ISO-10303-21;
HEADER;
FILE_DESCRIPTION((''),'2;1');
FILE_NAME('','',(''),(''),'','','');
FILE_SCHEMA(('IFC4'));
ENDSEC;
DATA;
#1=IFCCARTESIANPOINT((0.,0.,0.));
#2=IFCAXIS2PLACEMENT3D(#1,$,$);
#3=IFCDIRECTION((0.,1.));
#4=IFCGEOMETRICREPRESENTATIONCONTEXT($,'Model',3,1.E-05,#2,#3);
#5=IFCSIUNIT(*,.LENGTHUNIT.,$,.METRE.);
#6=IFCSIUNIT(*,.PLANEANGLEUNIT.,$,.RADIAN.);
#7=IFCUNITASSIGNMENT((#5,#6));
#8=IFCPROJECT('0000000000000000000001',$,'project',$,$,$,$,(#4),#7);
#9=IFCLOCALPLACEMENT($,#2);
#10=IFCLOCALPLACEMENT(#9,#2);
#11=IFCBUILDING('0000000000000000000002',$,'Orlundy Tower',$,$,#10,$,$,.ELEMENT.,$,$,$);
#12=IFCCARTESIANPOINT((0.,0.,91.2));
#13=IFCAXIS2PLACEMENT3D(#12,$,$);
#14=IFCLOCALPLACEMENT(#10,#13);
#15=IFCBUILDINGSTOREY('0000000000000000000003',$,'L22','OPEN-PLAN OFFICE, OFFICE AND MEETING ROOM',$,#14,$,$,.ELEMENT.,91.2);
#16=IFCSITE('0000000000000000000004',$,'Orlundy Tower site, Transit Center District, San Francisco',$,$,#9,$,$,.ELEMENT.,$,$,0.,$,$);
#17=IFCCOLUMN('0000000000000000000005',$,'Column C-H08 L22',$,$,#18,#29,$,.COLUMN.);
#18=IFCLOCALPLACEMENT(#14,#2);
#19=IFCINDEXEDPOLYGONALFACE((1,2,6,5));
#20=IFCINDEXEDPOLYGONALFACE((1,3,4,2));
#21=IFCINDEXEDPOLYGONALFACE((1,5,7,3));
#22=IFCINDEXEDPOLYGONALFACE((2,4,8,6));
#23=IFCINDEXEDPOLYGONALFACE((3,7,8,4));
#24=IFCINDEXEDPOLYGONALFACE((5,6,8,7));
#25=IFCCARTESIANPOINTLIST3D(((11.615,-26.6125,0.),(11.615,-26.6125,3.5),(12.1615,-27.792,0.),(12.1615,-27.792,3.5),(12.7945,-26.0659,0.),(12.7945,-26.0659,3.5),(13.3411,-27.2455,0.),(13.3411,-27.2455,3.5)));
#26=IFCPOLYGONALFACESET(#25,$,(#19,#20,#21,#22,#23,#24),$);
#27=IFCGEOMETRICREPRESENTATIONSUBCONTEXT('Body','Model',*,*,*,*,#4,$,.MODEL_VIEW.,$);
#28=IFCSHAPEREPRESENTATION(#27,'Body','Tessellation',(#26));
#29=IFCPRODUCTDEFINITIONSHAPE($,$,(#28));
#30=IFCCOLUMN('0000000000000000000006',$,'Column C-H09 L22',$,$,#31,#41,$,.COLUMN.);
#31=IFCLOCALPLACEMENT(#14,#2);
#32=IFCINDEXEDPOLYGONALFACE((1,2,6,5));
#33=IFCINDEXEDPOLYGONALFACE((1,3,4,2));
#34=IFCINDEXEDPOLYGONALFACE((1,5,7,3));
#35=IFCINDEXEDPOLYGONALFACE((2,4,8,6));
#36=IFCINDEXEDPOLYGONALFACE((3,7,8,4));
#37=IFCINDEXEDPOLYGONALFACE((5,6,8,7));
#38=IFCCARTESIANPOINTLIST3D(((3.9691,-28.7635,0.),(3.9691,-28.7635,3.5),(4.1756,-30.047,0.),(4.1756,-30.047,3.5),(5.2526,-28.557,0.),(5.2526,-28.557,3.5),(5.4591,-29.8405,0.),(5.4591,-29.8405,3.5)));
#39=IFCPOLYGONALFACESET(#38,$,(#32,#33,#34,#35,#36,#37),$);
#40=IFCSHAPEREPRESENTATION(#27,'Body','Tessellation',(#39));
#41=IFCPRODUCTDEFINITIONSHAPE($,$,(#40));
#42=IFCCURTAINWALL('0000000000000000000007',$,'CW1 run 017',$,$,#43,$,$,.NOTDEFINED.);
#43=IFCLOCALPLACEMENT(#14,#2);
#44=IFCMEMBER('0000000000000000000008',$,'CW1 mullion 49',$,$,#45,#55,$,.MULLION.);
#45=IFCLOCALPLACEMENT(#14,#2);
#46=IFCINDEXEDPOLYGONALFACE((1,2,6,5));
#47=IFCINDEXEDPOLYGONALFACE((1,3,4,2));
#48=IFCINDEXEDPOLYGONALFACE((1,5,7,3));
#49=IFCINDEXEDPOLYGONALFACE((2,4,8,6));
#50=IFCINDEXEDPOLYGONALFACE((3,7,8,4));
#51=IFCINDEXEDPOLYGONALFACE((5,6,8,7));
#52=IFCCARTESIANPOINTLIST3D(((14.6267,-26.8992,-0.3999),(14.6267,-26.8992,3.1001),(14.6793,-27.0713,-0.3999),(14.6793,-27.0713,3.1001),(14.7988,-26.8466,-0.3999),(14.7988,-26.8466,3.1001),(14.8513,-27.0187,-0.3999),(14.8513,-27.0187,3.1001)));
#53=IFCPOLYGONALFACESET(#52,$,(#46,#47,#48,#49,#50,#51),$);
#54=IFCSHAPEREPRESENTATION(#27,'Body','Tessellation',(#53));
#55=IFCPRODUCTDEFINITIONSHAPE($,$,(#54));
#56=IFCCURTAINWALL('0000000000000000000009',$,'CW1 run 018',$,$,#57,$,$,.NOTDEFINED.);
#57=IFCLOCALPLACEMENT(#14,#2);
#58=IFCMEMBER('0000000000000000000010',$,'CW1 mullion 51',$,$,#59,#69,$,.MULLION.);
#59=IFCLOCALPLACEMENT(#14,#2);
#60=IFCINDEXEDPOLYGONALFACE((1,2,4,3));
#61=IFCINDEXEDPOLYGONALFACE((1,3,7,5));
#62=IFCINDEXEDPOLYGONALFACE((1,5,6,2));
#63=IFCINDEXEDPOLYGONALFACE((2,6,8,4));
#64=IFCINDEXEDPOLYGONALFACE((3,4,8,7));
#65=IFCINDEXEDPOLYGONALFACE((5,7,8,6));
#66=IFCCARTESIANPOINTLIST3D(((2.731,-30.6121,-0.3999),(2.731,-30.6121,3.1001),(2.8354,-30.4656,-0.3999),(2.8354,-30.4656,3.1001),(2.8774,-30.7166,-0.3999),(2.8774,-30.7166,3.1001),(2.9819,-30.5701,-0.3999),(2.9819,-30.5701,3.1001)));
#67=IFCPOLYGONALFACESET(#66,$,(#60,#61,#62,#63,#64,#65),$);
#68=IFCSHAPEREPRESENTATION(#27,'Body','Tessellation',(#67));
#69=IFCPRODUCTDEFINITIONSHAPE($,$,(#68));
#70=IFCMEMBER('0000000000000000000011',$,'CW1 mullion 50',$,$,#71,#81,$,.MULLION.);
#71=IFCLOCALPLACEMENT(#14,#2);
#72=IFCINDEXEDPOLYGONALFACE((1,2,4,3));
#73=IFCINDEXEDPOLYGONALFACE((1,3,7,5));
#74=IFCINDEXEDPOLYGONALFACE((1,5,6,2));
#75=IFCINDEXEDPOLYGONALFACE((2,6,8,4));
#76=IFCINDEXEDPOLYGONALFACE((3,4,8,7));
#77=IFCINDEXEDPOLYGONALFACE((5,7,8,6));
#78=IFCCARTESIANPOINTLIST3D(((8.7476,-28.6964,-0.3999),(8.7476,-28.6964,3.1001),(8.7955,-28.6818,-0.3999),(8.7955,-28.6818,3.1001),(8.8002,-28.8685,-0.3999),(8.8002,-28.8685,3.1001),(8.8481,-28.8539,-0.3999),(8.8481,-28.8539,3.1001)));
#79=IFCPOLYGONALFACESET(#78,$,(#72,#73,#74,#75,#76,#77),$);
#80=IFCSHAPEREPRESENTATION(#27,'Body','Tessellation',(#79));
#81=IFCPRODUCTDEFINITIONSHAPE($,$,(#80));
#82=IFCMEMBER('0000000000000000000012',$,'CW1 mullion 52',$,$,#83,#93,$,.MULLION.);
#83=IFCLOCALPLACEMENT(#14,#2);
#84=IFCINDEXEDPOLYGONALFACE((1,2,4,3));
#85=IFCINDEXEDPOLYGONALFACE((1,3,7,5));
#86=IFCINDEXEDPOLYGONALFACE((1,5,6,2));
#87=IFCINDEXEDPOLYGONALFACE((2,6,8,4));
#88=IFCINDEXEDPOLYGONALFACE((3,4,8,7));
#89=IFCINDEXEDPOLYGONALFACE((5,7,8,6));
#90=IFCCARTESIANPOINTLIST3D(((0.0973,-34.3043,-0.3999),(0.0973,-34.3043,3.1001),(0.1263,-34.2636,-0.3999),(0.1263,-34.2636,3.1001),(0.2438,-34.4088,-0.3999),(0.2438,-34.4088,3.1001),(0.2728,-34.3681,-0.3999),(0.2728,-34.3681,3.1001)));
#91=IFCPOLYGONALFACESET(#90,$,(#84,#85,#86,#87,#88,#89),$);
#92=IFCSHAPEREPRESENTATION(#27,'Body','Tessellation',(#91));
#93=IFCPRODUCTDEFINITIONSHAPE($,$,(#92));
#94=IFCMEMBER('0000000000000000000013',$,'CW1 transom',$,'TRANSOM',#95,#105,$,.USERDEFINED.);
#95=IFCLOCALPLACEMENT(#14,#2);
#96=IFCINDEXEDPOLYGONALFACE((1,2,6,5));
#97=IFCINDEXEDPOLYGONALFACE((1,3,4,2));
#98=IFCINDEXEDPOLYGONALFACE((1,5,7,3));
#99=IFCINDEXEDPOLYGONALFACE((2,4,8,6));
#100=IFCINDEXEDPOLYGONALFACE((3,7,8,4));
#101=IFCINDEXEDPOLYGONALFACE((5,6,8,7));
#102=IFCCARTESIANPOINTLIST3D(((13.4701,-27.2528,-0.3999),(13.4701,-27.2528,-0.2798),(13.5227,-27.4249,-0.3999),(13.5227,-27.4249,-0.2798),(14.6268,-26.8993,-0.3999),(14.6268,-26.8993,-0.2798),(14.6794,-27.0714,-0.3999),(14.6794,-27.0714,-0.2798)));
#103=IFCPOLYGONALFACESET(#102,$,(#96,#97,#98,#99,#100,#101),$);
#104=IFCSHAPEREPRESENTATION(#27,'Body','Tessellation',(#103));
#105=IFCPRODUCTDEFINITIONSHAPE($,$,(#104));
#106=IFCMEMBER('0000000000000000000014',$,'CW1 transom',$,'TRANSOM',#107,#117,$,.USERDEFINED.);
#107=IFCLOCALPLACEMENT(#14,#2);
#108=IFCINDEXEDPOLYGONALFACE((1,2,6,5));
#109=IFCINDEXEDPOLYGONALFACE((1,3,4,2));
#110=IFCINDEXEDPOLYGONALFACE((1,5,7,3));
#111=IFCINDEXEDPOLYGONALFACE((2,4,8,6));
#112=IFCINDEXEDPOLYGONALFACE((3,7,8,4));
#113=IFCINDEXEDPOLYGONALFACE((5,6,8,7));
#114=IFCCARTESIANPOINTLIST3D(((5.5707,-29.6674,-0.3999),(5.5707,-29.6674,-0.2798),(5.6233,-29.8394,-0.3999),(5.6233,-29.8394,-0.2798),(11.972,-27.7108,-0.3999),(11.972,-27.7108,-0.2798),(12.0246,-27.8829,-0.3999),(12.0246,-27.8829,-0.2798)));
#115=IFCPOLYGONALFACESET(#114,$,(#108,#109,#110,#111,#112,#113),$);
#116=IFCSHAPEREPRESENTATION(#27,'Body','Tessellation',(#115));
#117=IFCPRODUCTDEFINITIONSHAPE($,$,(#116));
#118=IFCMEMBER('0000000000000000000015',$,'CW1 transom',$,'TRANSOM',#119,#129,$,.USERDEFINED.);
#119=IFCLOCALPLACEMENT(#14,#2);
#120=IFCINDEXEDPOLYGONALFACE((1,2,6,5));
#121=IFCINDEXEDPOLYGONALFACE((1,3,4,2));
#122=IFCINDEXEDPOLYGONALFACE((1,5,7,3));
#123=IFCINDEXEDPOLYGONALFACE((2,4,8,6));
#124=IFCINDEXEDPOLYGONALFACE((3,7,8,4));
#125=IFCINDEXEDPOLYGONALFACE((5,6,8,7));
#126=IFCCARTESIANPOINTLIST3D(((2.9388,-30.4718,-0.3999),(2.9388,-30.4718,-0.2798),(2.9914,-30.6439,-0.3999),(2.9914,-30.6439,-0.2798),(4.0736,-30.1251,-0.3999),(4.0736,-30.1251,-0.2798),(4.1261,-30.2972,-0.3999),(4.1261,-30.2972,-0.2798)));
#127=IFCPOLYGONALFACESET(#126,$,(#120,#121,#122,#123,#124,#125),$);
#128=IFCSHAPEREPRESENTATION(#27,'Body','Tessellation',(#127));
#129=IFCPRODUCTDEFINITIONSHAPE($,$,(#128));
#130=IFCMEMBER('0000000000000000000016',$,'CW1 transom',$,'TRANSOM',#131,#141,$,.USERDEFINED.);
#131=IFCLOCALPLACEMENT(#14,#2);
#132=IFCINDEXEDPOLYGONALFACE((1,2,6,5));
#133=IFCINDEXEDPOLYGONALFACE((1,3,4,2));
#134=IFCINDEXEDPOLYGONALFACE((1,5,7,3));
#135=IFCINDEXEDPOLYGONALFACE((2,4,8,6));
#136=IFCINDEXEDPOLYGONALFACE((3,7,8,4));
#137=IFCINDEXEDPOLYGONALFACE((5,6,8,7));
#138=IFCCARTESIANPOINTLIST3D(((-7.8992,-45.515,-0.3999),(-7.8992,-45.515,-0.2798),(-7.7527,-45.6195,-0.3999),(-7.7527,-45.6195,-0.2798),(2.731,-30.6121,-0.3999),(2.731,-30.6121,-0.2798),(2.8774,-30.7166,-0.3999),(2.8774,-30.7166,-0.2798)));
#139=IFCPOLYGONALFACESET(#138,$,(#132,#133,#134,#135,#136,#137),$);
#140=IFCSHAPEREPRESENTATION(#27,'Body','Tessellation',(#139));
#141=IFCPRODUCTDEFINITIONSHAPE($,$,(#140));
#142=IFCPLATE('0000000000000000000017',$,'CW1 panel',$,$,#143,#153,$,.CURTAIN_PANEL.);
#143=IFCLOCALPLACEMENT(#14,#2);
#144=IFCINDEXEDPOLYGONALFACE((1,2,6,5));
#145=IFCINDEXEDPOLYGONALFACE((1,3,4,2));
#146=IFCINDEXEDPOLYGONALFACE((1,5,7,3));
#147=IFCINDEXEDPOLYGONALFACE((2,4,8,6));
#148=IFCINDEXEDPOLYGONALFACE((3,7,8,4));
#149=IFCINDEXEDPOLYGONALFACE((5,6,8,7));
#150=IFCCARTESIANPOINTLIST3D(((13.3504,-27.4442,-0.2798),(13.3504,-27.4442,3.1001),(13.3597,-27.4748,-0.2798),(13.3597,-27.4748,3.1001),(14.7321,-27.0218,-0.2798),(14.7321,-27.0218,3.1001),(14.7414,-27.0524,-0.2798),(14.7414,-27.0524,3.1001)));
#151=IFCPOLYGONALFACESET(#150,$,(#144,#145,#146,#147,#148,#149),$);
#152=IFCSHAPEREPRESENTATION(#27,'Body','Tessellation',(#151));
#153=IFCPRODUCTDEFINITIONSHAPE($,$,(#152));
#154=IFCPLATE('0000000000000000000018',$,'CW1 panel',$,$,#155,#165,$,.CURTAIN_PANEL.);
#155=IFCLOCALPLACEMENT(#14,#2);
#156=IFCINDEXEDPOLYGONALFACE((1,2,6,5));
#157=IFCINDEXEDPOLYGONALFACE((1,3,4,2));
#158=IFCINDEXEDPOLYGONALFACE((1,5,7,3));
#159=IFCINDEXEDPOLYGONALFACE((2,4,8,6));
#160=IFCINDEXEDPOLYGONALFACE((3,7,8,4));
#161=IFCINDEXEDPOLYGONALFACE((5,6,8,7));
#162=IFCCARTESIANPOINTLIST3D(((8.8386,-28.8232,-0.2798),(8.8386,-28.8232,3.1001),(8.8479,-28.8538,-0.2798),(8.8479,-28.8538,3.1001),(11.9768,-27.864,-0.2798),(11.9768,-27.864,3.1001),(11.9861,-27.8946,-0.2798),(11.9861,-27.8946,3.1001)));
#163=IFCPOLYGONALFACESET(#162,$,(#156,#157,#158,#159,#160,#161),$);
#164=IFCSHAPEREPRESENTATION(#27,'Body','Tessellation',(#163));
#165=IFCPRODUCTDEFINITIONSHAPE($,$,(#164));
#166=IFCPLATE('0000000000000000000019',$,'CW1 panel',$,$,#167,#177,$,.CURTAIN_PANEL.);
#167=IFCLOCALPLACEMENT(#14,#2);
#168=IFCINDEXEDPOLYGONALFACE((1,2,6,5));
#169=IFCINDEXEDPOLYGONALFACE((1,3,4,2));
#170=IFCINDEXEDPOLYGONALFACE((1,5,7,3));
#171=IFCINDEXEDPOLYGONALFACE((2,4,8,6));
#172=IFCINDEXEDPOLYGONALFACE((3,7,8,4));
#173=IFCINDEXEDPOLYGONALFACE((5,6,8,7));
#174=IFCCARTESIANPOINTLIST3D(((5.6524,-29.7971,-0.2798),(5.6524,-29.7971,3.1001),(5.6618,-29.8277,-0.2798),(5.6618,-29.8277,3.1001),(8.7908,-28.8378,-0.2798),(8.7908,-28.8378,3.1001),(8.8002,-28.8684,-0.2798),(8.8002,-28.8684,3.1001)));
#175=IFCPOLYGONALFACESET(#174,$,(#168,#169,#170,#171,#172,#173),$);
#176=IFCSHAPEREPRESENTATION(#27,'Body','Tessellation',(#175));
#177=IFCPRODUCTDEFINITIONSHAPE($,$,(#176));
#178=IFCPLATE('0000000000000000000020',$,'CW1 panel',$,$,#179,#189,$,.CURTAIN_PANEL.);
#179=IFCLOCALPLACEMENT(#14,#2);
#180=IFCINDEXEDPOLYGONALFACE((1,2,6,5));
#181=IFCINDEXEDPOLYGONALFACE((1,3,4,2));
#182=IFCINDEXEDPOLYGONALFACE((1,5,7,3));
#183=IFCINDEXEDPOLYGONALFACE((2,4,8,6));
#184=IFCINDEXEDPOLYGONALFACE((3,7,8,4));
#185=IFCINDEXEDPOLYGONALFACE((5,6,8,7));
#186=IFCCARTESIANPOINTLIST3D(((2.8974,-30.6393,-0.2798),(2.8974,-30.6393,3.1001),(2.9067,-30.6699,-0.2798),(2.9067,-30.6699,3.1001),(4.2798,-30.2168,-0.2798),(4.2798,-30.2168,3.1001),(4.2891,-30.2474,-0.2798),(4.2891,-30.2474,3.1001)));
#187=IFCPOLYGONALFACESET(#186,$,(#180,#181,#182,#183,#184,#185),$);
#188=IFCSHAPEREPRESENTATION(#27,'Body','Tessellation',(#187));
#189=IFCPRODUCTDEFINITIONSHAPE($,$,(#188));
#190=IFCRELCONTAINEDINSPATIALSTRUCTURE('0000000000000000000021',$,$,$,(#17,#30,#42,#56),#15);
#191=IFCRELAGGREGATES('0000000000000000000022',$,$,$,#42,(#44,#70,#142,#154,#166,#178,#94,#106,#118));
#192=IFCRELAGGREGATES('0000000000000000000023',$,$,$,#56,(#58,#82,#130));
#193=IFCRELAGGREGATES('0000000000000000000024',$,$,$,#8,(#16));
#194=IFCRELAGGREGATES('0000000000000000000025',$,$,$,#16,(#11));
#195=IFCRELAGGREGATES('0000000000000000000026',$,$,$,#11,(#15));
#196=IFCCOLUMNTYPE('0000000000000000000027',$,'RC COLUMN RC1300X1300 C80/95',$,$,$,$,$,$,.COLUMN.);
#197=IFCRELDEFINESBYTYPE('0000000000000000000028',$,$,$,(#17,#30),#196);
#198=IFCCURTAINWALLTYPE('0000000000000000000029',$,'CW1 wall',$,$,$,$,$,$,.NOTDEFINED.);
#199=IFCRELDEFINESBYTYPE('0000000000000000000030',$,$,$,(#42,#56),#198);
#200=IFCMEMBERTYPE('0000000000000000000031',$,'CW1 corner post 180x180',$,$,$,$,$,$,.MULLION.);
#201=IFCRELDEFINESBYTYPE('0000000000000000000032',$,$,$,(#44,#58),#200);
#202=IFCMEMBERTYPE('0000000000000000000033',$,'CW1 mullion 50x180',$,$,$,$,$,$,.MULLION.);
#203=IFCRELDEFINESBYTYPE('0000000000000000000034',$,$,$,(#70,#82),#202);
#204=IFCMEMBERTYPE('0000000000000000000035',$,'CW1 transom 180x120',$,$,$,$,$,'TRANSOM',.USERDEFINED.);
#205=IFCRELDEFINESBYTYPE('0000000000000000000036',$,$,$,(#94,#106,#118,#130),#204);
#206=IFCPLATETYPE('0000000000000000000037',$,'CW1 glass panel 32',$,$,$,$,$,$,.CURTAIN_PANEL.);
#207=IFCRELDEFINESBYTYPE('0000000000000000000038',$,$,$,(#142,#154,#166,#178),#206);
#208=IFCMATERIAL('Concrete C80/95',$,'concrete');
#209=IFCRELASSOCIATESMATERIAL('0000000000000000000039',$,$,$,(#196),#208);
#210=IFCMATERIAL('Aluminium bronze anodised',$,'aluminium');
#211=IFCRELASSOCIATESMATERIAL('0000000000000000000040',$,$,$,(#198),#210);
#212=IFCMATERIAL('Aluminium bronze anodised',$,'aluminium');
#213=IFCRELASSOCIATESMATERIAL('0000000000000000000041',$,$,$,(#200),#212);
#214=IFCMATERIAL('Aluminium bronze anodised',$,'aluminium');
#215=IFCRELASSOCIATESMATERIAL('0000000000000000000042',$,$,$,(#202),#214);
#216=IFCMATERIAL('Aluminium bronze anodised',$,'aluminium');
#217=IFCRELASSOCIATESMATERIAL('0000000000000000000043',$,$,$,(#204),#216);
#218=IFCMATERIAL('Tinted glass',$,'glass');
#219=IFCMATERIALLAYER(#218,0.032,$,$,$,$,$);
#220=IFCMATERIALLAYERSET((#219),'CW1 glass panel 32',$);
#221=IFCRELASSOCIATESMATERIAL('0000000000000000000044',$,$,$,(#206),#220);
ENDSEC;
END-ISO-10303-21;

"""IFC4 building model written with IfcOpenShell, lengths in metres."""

from ifc_helpers import new_model, si_unit, direction, frame, origin, origin_2d, place, context, subcontext, project, spatial, rectangle, extrude, material, layer, layer_set, material_profile, profile_set, type_object, element, aggregate, save


model = new_model("IFC4")

# Units and contexts
model_context = context("Model", 3, precision=1e-05, world=origin(), true_north=direction((0.0, 1.0)))
body_context = subcontext(model_context, "Body", "Model", "MODEL_VIEW")
ifc_project = project(units=[si_unit("LENGTHUNIT", "METRE"), si_unit("PLANEANGLEUNIT", "RADIAN")], contexts=[model_context])

# Site, building, storey
site_placement = place(None, origin())
site = spatial("IfcSite", under=ifc_project, at=site_placement, Name="Orlundy Tower site, Transit Center District, San Francisco", CompositionType="ELEMENT", RefElevation=0.0)
building_placement = place(site_placement, origin())
building = spatial("IfcBuilding", under=site, at=building_placement, Name="Orlundy Tower", CompositionType="ELEMENT")
storey_placement = place(building_placement, frame((0.0, 0.0, 91.2)))
storey = spatial("IfcBuildingStorey", under=building, at=storey_placement, Name="L22", Description="OPEN-PLAN OFFICE, OFFICE AND MEETING ROOM", CompositionType="ELEMENT", Elevation=91.2)

# Columns
ifc_material_1 = material(Name="Concrete C80/95", Category="concrete")
ifc_material_profile_1 = material_profile(ifc_material_1, rectangle(XDim=1.3, YDim=1.3, at=origin_2d()), Name="RC1300X1300")
ifc_profile_set_1 = profile_set([ifc_material_profile_1], Name="Concrete C80/95")
column_type = type_object("IfcColumnType", Name="RC COLUMN RC1300X1300 C80/95", PredefinedType="COLUMN", material=ifc_profile_set_1)
for number, where, z_axis, x_axis, name in (
    (1, (12.478, -26.929, 0.0), (0.0, 0.0, 1.0), (0.420418, -0.90733, 0.0), "Column C-H08 L22"),
    (2, (4.7141, -29.302, 0.0), (0.0, 0.0, 1.0), (0.15883, -0.987306, 0.0), "Column C-H09 L22"),
):
    element("IfcColumn", number, at=place(storey_placement, frame(where, z_axis=z_axis, x_axis=x_axis)), inside=storey, type_object=column_type, Name=name, PredefinedType="COLUMN", context=body_context, shape_type="SweptSolid", body=[
        extrude(rectangle(XDim=1.3, YDim=1.3, at=origin_2d()), origin(), (0.0, 0.0, 1.0), 3.5),
    ])

# Curtain walls, members
ifc_material_2 = material(Name="Aluminium bronze anodised", Category="aluminium")
curtain_wall_type = type_object("IfcCurtainWallType", Name="CW1 wall", PredefinedType="NOTDEFINED", material=ifc_material_2)
curtain_wall_1_placement = place(storey_placement, origin())
curtain_wall_1 = element("IfcCurtainWall", 3, at=curtain_wall_1_placement, inside=storey, type_object=curtain_wall_type, Name="CW1 run 017", PredefinedType="NOTDEFINED")
ifc_material_3 = material(Name="Aluminium bronze anodised", Category="aluminium")
ifc_material_profile_2 = material_profile(ifc_material_3, rectangle(XDim=0.1799, YDim=0.1799, at=origin_2d()), Name="CW1 corner post 180x180")
ifc_profile_set_2 = profile_set([ifc_material_profile_2], Name="Aluminium bronze anodised")
member_type_1 = type_object("IfcMemberType", Name="CW1 corner post 180x180", PredefinedType="MULLION", material=ifc_profile_set_2)
member_1_placement = place(storey_placement, frame((14.739, -26.959, -0.3999), z_axis=(0.0, 0.0, 1.0), x_axis=(0.292318, -0.956321, 0.0)))
member_1 = element("IfcMember", 4, at=member_1_placement, type_object=member_type_1, Name="CW1 mullion 49", PredefinedType="MULLION", context=body_context, shape_type="SweptSolid", body=[
    extrude(rectangle(XDim=0.1799, YDim=0.1799, at=origin_2d()), origin(), (0.0, 0.0, 1.0), 3.5),
])
curtain_wall_2_placement = place(storey_placement, origin())
curtain_wall_2 = element("IfcCurtainWall", 5, at=curtain_wall_2_placement, inside=storey, type_object=curtain_wall_type, Name="CW1 run 018", PredefinedType="NOTDEFINED")
member_2_placement = place(storey_placement, frame((2.8564, -30.5911, -0.3999), z_axis=(0.0, 0.0, 1.0), x_axis=(0.81411, -0.58071, 0.0)))
member_2 = element("IfcMember", 6, at=member_2_placement, type_object=member_type_1, Name="CW1 mullion 51", PredefinedType="MULLION", context=body_context, shape_type="SweptSolid", body=[
    extrude(rectangle(XDim=0.1799, YDim=0.1799, at=origin_2d()), origin(), (0.0, 0.0, 1.0), 3.5),
])

# Members
ifc_material_4 = material(Name="Aluminium bronze anodised", Category="aluminium")
ifc_material_profile_3 = material_profile(ifc_material_4, rectangle(XDim=0.1799, YDim=0.05, at=origin_2d()), Name="CW1 mullion 50x180")
ifc_profile_set_3 = profile_set([ifc_material_profile_3], Name="Aluminium bronze anodised")
member_type_2 = type_object("IfcMemberType", Name="CW1 mullion 50x180", PredefinedType="MULLION", material=ifc_profile_set_3)
member_3_placement = place(storey_placement, frame((8.7979, -28.7751, -0.3999), z_axis=(0.0, 0.0, 1.0), x_axis=(0.292318, -0.956321, 0.0)))
member_3 = element("IfcMember", 7, at=member_3_placement, type_object=member_type_2, Name="CW1 mullion 50", PredefinedType="MULLION", context=body_context, shape_type="SweptSolid", body=[
    extrude(rectangle(XDim=0.1799, YDim=0.05, at=origin_2d()), origin(), (0.0, 0.0, 1.0), 3.5),
])
member_4_placement = place(storey_placement, frame((0.1851, -34.3362, -0.3999), z_axis=(0.0, 0.0, 1.0), x_axis=(0.81411, -0.58071, 0.0)))
member_4 = element("IfcMember", 8, at=member_4_placement, type_object=member_type_2, Name="CW1 mullion 52", PredefinedType="MULLION", context=body_context, shape_type="SweptSolid", body=[
    extrude(rectangle(XDim=0.1799, YDim=0.05, at=origin_2d()), origin(), (0.0, 0.0, 1.0), 3.5),
])
ifc_material_5 = material(Name="Aluminium bronze anodised", Category="aluminium")
ifc_material_profile_4 = material_profile(ifc_material_5, rectangle(XDim=0.1799, YDim=0.1201, at=origin_2d()), Name="CW1 transom 180x120")
ifc_profile_set_4 = profile_set([ifc_material_profile_4], Name="Aluminium bronze anodised")
member_type_3 = type_object("IfcMemberType", Name="CW1 transom 180x120", ElementType="TRANSOM", PredefinedType="USERDEFINED", material=ifc_profile_set_4)
member_5_placement = place(storey_placement, frame((14.6531, -26.9854, -0.3398), z_axis=(-0.956336, -0.29227, 0.0), x_axis=(0.29227, -0.956336, 0.0)))
member_5 = element("IfcMember", 9, at=member_5_placement, type_object=member_type_3, Name="CW1 transom", ObjectType="TRANSOM", PredefinedType="USERDEFINED", context=body_context, shape_type="SweptSolid", body=[
    extrude(rectangle(XDim=0.1799, YDim=0.1201, at=origin_2d()), origin(), (0.0, 0.0, 1.0), 1.2095),
])
member_6_placement = place(storey_placement, frame((11.9983, -27.7969, -0.3398), z_axis=(-0.956328, -0.292296, 0.0), x_axis=(0.292296, -0.956328, 0.0)))
member_6 = element("IfcMember", 10, at=member_6_placement, type_object=member_type_3, Name="CW1 transom", ObjectType="TRANSOM", PredefinedType="USERDEFINED", context=body_context, shape_type="SweptSolid", body=[
    extrude(rectangle(XDim=0.1799, YDim=0.1201, at=origin_2d()), origin(), (0.0, 0.0, 1.0), 6.6936),
])
member_7_placement = place(storey_placement, frame((4.0999, -30.2112, -0.3398), z_axis=(-0.956364, -0.292177, 0.0), x_axis=(0.292177, -0.956364, 0.0)))
member_7 = element("IfcMember", 11, at=member_7_placement, type_object=member_type_3, Name="CW1 transom", ObjectType="TRANSOM", PredefinedType="USERDEFINED", context=body_context, shape_type="SweptSolid", body=[
    extrude(rectangle(XDim=0.1799, YDim=0.1201, at=origin_2d()), origin(), (0.0, 0.0, 1.0), 1.1865),
])
member_8_placement = place(storey_placement, frame((2.8042, -30.6643, -0.3398), z_axis=(-0.580704, -0.814114, 0.0), x_axis=(0.814114, -0.580704, 0.0)))
member_8 = element("IfcMember", 12, at=member_8_placement, type_object=member_type_3, Name="CW1 transom", ObjectType="TRANSOM", PredefinedType="USERDEFINED", context=body_context, shape_type="SweptSolid", body=[
    extrude(rectangle(XDim=0.1799, YDim=0.1201, at=origin_2d()), origin(), (0.0, 0.0, 1.0), 18.3057),
])

# Plates
ifc_material_6 = material(Name="Tinted glass", Category="glass")
ifc_layer_1 = layer(ifc_material_6, 0.032)
ifc_layer_set_1 = layer_set([ifc_layer_1], Name="CW1 glass panel 32")
plate_type = type_object("IfcPlateType", Name="CW1 glass panel 32", PredefinedType="CURTAIN_PANEL", material=ifc_layer_set_1)
plate_1_placement = place(storey_placement, frame((14.0459, -27.2483, -0.2798), z_axis=(0.0, 0.0, 1.0), x_axis=(-0.956321, -0.292318, 0.0)))
plate_1 = element("IfcPlate", 13, at=plate_1_placement, type_object=plate_type, Name="CW1 panel", PredefinedType="CURTAIN_PANEL", context=body_context, shape_type="SweptSolid", body=[
    extrude(rectangle(XDim=1.4448, YDim=0.032, at=origin_2d()), origin(), (0.0, 0.0, 1.0), 3.3799),
])
plate_2_placement = place(storey_placement, frame((10.4124, -28.3589, -0.2798), z_axis=(0.0, 0.0, 1.0), x_axis=(-0.956321, -0.292318, 0.0)))
plate_2 = element("IfcPlate", 14, at=plate_2_placement, type_object=plate_type, Name="CW1 panel", PredefinedType="CURTAIN_PANEL", context=body_context, shape_type="SweptSolid", body=[
    extrude(rectangle(XDim=3.2815, YDim=0.032, at=origin_2d()), origin(), (0.0, 0.0, 1.0), 3.3799),
])
plate_3_placement = place(storey_placement, frame((7.2263, -29.3328, -0.2798), z_axis=(0.0, 0.0, 1.0), x_axis=(-0.956321, -0.292318, 0.0)))
plate_3 = element("IfcPlate", 15, at=plate_3_placement, type_object=plate_type, Name="CW1 panel", PredefinedType="CURTAIN_PANEL", context=body_context, shape_type="SweptSolid", body=[
    extrude(rectangle(XDim=3.2817, YDim=0.032, at=origin_2d()), origin(), (0.0, 0.0, 1.0), 3.3799),
])
plate_4_placement = place(storey_placement, frame((3.5933, -30.4434, -0.2798), z_axis=(0.0, 0.0, 1.0), x_axis=(-0.956321, -0.292318, 0.0)))
plate_4 = element("IfcPlate", 16, at=plate_4_placement, type_object=plate_type, Name="CW1 panel", PredefinedType="CURTAIN_PANEL", context=body_context, shape_type="SweptSolid", body=[
    extrude(rectangle(XDim=1.4456, YDim=0.032, at=origin_2d()), origin(), (0.0, 0.0, 1.0), 3.3799),
])
aggregate(curtain_wall_1, [member_1, member_3, plate_1, plate_2, plate_3, plate_4, member_5, member_6, member_7])
aggregate(curtain_wall_2, [member_2, member_4, member_8])

save(model, "model.ifc")
